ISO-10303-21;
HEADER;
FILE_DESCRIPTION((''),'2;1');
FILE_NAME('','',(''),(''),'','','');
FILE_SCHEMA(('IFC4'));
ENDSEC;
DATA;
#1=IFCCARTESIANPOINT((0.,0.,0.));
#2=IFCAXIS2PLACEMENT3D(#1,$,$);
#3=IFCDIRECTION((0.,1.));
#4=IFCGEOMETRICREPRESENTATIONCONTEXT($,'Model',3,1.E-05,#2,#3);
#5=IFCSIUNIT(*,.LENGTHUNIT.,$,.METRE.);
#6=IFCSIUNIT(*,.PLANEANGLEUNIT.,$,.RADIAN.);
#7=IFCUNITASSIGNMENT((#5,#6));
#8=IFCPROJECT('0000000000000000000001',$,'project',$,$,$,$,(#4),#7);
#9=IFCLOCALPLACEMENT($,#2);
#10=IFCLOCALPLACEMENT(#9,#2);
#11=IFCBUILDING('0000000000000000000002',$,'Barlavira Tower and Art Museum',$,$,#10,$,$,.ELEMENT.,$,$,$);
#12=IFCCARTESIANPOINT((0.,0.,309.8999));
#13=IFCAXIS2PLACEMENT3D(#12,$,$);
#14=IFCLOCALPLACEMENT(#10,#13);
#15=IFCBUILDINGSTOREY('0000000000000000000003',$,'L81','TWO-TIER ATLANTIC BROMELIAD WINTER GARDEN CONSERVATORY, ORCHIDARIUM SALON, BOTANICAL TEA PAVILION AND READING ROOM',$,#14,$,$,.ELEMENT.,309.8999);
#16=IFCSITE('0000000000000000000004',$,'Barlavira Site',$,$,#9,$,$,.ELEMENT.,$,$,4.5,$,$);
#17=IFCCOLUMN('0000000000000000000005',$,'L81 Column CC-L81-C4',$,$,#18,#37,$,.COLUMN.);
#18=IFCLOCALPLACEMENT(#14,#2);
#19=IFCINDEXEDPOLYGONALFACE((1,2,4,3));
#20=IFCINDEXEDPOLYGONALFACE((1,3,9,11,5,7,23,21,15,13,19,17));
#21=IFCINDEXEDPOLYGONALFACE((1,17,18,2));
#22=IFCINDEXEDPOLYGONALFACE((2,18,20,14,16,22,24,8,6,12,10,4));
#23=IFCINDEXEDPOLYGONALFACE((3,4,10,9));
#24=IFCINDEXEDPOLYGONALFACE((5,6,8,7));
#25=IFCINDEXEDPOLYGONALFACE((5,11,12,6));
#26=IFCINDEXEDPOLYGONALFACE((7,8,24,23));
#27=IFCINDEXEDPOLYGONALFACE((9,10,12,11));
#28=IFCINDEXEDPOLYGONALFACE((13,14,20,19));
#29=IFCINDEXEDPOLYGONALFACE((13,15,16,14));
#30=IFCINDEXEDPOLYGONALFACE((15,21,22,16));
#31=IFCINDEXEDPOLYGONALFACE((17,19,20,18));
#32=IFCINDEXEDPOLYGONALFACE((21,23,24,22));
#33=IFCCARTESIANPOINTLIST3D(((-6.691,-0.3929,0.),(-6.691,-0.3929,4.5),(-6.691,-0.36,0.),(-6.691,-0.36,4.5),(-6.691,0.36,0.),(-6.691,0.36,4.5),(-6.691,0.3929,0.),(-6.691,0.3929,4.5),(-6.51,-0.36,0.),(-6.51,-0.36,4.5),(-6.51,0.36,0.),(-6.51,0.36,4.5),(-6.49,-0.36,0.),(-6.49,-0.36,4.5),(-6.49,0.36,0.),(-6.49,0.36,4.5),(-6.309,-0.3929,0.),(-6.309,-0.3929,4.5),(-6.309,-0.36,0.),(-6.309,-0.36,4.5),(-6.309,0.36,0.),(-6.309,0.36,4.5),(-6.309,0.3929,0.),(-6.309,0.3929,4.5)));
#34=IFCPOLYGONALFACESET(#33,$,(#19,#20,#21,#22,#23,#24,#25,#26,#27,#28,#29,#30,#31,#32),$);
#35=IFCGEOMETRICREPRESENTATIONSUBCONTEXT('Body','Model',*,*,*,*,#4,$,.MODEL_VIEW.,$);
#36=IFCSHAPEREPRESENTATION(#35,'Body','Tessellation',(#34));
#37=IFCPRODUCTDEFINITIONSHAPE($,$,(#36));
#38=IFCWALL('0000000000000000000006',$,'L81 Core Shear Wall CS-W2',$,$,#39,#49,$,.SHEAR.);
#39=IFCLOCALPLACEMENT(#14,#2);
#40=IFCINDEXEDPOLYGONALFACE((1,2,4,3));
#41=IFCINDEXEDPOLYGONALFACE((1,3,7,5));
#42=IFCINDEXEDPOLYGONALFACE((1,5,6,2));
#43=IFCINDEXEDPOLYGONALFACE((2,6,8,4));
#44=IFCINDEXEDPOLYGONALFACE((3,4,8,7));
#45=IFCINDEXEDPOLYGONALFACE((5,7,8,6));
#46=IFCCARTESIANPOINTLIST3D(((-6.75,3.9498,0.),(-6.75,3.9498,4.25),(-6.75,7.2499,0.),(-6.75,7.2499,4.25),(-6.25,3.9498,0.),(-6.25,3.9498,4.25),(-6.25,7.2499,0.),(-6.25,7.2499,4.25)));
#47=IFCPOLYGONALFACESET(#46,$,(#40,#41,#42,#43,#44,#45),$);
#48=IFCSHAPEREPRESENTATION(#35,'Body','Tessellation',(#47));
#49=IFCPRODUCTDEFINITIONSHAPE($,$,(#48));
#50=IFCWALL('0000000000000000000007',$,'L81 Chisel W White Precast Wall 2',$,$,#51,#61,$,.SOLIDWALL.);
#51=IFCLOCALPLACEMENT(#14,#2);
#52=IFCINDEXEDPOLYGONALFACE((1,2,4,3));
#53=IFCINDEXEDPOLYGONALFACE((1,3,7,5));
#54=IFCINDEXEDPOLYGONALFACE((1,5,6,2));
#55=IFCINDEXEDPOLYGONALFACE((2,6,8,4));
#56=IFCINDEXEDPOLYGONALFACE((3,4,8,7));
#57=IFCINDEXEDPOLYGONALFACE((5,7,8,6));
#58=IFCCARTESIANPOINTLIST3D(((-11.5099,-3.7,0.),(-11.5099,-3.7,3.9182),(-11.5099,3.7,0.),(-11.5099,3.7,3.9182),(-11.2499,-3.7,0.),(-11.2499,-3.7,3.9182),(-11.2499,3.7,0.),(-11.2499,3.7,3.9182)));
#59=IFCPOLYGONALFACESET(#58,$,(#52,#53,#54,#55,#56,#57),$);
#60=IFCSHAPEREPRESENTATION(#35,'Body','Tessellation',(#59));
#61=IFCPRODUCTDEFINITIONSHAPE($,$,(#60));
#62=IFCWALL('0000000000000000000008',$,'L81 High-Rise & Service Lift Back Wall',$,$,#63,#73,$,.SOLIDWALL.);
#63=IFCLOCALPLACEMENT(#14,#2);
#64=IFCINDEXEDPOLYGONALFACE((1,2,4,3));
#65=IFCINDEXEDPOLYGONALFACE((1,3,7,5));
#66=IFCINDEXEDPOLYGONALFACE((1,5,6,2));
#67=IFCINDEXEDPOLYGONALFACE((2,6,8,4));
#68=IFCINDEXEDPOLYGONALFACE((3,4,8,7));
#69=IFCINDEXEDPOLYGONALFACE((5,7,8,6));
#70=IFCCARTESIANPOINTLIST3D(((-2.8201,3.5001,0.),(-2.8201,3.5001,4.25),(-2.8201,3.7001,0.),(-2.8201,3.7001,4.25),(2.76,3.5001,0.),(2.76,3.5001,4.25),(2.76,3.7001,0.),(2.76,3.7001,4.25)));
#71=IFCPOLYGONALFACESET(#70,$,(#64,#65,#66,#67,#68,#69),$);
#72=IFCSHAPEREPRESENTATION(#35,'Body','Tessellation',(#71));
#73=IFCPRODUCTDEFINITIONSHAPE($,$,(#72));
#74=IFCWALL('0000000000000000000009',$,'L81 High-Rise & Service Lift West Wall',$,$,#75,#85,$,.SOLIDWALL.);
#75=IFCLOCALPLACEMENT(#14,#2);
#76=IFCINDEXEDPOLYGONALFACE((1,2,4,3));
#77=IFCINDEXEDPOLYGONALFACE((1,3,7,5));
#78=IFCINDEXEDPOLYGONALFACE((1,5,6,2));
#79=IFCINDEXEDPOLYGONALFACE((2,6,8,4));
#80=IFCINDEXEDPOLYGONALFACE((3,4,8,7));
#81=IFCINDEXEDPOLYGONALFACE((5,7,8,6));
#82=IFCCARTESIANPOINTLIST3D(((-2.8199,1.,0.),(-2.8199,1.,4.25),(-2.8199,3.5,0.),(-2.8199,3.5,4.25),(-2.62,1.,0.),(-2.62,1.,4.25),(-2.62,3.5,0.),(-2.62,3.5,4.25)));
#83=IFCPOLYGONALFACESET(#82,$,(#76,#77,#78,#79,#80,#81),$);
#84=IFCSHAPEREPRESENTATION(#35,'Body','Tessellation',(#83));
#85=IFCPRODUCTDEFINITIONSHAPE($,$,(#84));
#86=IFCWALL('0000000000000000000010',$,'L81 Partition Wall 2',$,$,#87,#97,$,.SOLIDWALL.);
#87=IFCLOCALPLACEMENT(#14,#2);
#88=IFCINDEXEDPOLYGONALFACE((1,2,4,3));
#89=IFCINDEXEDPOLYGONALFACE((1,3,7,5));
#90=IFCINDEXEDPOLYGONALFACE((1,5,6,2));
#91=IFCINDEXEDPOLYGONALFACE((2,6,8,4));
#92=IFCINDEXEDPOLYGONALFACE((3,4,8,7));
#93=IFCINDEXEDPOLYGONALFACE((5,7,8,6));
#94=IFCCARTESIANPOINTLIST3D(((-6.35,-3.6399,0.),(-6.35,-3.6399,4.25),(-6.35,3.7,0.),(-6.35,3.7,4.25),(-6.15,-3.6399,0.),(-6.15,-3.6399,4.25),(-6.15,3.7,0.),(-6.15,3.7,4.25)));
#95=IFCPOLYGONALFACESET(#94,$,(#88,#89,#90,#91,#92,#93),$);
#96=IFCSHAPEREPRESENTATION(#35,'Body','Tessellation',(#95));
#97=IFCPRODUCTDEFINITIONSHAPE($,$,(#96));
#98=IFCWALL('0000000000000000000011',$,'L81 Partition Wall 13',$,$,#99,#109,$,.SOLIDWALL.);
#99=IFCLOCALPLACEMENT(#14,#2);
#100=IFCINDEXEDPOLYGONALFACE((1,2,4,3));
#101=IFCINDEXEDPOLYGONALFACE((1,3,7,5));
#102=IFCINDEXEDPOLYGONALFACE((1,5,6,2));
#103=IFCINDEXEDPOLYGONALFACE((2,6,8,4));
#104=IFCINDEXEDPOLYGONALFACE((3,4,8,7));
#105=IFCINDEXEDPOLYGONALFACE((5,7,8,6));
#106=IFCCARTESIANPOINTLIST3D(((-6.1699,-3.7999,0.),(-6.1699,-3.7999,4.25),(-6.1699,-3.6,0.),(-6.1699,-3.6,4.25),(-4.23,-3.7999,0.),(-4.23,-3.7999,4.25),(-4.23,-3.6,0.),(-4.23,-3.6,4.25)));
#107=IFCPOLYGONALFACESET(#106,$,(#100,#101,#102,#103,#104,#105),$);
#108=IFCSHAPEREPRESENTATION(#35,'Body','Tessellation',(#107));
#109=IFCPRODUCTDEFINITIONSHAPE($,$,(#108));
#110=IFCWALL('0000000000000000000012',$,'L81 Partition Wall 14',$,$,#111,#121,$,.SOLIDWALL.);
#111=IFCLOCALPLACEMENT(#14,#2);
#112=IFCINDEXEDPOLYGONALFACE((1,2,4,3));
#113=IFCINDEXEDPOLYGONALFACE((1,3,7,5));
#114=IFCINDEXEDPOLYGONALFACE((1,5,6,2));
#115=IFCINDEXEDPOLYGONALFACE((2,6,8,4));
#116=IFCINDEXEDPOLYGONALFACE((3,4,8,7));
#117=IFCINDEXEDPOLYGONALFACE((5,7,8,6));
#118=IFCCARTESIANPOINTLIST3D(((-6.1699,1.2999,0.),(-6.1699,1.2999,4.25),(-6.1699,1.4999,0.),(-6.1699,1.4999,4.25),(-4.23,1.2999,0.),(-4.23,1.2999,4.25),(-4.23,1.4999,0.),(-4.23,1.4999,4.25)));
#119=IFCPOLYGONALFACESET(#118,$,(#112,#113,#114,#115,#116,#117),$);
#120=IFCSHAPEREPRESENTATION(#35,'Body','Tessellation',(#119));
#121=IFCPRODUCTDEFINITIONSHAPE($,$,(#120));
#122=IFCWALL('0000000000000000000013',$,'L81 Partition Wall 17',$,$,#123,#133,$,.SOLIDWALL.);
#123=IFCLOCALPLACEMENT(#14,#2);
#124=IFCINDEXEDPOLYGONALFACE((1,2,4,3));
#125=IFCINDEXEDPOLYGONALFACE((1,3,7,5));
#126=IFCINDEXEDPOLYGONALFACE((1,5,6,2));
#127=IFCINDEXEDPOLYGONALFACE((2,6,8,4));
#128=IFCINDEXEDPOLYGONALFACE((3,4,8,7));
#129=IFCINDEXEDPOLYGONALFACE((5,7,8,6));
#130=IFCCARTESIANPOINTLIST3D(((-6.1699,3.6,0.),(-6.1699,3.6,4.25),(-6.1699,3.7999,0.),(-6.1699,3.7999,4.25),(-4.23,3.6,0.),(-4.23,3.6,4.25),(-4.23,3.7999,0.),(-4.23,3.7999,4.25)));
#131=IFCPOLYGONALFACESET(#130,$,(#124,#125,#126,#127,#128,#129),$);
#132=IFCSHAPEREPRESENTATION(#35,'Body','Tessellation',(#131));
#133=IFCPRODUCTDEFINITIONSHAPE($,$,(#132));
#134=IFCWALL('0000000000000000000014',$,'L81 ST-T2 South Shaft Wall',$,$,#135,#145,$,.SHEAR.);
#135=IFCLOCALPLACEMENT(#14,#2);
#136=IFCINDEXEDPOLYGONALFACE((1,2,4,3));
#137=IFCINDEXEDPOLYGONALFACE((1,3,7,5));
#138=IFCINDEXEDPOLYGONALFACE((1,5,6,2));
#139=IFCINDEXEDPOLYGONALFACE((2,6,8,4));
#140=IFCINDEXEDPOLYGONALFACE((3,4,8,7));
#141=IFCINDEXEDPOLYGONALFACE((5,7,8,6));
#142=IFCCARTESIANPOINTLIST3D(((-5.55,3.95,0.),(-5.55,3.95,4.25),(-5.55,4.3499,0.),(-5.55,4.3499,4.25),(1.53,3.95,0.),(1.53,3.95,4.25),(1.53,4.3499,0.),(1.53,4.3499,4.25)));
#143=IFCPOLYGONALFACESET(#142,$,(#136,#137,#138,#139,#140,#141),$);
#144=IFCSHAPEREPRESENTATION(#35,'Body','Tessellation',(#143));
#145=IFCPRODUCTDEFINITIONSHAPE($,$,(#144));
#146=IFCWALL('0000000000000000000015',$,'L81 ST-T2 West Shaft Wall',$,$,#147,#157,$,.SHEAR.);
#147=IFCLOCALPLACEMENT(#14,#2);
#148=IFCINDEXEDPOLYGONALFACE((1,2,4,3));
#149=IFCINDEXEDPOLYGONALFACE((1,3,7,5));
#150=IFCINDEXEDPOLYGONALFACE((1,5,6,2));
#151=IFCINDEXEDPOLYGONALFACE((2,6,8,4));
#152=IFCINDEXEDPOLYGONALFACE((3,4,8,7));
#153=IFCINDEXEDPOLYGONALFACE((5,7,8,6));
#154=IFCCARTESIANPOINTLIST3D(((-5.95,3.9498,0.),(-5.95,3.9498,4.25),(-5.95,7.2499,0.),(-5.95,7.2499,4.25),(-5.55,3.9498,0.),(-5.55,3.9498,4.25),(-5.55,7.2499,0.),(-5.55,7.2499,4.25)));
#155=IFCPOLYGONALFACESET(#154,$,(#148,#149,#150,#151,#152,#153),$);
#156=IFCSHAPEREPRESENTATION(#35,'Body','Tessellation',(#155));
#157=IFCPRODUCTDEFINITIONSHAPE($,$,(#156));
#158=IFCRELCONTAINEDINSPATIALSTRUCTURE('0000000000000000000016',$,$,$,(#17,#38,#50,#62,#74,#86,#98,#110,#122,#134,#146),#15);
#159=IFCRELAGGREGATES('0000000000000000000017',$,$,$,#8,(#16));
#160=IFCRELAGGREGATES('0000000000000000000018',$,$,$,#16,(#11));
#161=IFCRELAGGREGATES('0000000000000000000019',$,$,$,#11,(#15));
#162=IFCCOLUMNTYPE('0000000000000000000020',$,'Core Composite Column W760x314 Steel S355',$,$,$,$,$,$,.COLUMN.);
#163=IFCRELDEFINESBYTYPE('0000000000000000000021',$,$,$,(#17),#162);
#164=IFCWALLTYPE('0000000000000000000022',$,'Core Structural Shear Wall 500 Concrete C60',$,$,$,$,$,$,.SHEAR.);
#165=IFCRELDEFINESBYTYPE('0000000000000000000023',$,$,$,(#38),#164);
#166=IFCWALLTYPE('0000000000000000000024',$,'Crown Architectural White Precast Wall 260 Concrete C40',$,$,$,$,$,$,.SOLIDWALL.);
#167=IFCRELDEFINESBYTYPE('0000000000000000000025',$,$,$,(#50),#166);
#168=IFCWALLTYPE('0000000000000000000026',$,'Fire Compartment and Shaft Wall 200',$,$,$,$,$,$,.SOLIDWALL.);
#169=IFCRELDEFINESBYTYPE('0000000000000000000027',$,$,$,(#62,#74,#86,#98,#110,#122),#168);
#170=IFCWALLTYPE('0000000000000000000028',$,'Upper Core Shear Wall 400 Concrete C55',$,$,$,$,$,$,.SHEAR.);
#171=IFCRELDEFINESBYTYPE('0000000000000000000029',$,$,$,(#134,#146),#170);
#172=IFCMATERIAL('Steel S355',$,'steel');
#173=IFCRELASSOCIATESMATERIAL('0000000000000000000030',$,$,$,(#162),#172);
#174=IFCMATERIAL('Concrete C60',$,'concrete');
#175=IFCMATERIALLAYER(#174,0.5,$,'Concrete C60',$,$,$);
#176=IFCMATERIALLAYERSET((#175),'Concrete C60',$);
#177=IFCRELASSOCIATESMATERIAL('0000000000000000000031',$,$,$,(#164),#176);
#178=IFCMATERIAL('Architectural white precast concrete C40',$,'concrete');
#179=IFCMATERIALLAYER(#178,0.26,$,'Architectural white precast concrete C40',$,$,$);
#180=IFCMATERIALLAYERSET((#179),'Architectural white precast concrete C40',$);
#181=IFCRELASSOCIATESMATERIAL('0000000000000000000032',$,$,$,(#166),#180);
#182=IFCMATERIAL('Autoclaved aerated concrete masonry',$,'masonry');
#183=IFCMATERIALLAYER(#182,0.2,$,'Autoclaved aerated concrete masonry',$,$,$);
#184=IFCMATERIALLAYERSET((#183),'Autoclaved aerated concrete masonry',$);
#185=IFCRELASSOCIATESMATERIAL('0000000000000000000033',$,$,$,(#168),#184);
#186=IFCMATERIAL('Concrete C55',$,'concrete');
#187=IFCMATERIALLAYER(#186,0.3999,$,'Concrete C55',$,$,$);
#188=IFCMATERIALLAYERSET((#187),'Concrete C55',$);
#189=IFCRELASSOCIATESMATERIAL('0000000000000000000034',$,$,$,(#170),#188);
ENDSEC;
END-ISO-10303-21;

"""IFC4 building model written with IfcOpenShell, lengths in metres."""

from ifc_helpers import new_model, si_unit, direction, frame, frame_2d, origin, origin_2d, place, context, subcontext, project, spatial, rectangle, i_section, extrude, material, layer, layer_set, material_profile, profile_set, type_object, element, save


model = new_model("IFC4")

# Units and contexts
model_context = context("Model", 3, precision=1e-05, world=origin(), true_north=direction((0.0, 1.0)))
body_context = subcontext(model_context, "Body", "Model", "MODEL_VIEW")
ifc_project = project(units=[si_unit("LENGTHUNIT", "METRE"), si_unit("PLANEANGLEUNIT", "RADIAN")], contexts=[model_context])

# Site, building, storey
site_placement = place(None, origin())
site = spatial("IfcSite", under=ifc_project, at=site_placement, Name="Barlavira Site", CompositionType="ELEMENT", RefElevation=4.5)
building_placement = place(site_placement, origin())
building = spatial("IfcBuilding", under=site, at=building_placement, Name="Barlavira Tower and Art Museum", CompositionType="ELEMENT")
storey_placement = place(building_placement, frame((0.0, 0.0, 309.8999)))
storey = spatial("IfcBuildingStorey", under=building, at=storey_placement, Name="L81", Description="TWO-TIER ATLANTIC BROMELIAD WINTER GARDEN CONSERVATORY, ORCHIDARIUM SALON, BOTANICAL TEA PAVILION AND READING ROOM", CompositionType="ELEMENT", Elevation=309.8999)

# Column
ifc_material_1 = material(Name="Steel S355", Category="steel")
ifc_material_profile = material_profile(ifc_material_1, i_section(OverallWidth=0.3821, OverallDepth=0.7859, WebThickness=0.02, FlangeThickness=0.033, at=origin_2d()), Name="W760x314.0")
ifc_profile_set = profile_set([ifc_material_profile], Name="Steel S355")
column_type = type_object("IfcColumnType", Name="Core Composite Column W760x314 Steel S355", PredefinedType="COLUMN", material=ifc_profile_set)
column_placement = place(storey_placement, frame((-6.5, 0.0, 0.0), z_axis=(0.0, 0.0, 1.0), x_axis=(1.0, 0.0, 0.0)))
element("IfcColumn", 1, at=column_placement, inside=storey, type_object=column_type, Name="L81 Column CC-L81-C4", PredefinedType="COLUMN", context=body_context, shape_type="SweptSolid", body=[
    extrude(i_section(OverallWidth=0.3821, OverallDepth=0.7859, WebThickness=0.02, FlangeThickness=0.033, at=origin_2d()), origin(), (0.0, 0.0, 1.0), 4.5),
])

# Walls
ifc_material_2 = material(Name="Concrete C60", Category="concrete")
ifc_layer_1 = layer(ifc_material_2, 0.5, Name="Concrete C60")
ifc_layer_set_1 = layer_set([ifc_layer_1], Name="Concrete C60")
wall_type_1 = type_object("IfcWallType", Name="Core Structural Shear Wall 500 Concrete C60", PredefinedType="SHEAR", material=ifc_layer_set_1)
wall_1_placement = place(storey_placement, frame((-6.5, 3.95, 0.0), z_axis=(0.0, 0.0, 1.0), x_axis=(0.0, 1.0, 0.0)))
element("IfcWall", 2, at=wall_1_placement, inside=storey, type_object=wall_type_1, Name="L81 Core Shear Wall CS-W2", PredefinedType="SHEAR", context=body_context, shape_type="SweptSolid", body=[
    extrude(rectangle(XDim=3.3, YDim=0.5, at=frame_2d((1.6499, 0.0))), origin(), (0.0, 0.0, 1.0), 4.25),
])
ifc_material_3 = material(Name="Architectural white precast concrete C40", Category="concrete")
ifc_layer_2 = layer(ifc_material_3, 0.26, Name="Architectural white precast concrete C40")
ifc_layer_set_2 = layer_set([ifc_layer_2], Name="Architectural white precast concrete C40")
wall_type_2 = type_object("IfcWallType", Name="Crown Architectural White Precast Wall 260 Concrete C40", PredefinedType="SOLIDWALL", material=ifc_layer_set_2)
wall_2_placement = place(storey_placement, frame((-11.3799, 3.7, 0.0), z_axis=(0.0, 0.0, 1.0), x_axis=(0.0, -1.0, 0.0)))
element("IfcWall", 3, at=wall_2_placement, inside=storey, type_object=wall_type_2, Name="L81 Chisel W White Precast Wall 2", PredefinedType="SOLIDWALL", context=body_context, shape_type="SweptSolid", body=[
    extrude(rectangle(XDim=7.3999, YDim=0.26, at=frame_2d((3.7, 0.0))), origin(), (0.0, 0.0, 1.0), 3.9182),
])

# Shared definitions
ifc_material_4 = material(Name="Autoclaved aerated concrete masonry", Category="masonry")
ifc_layer_3 = layer(ifc_material_4, 0.2, Name="Autoclaved aerated concrete masonry")
ifc_layer_set_3 = layer_set([ifc_layer_3], Name="Autoclaved aerated concrete masonry")
wall_type_3 = type_object("IfcWallType", Name="Fire Compartment and Shaft Wall 200", PredefinedType="SOLIDWALL", material=ifc_layer_set_3)

# Walls
wall_3_placement = place(storey_placement, frame((-2.8201, 3.6001, 0.0), z_axis=(0.0, 0.0, 1.0), x_axis=(1.0, 0.0, 0.0)))
element("IfcWall", 4, at=wall_3_placement, inside=storey, type_object=wall_type_3, Name="L81 High-Rise & Service Lift Back Wall", PredefinedType="SOLIDWALL", context=body_context, shape_type="SweptSolid", body=[
    extrude(rectangle(XDim=5.5801, YDim=0.2, at=frame_2d((2.79, 0.0))), origin(), (0.0, 0.0, 1.0), 4.25),
])
wall_4_placement = place(storey_placement, frame((-2.72, 1.0, 0.0), z_axis=(0.0, 0.0, 1.0), x_axis=(0.0, 1.0, 0.0)))
element("IfcWall", 5, at=wall_4_placement, inside=storey, type_object=wall_type_3, Name="L81 High-Rise & Service Lift West Wall", PredefinedType="SOLIDWALL", context=body_context, shape_type="SweptSolid", body=[
    extrude(rectangle(XDim=2.5, YDim=0.2, at=frame_2d((1.25, 0.0))), origin(), (0.0, 0.0, 1.0), 4.25),
])
wall_5_placement = place(storey_placement, frame((-6.25, -3.6399, 0.0), z_axis=(0.0, 0.0, 1.0), x_axis=(0.0, 1.0, 0.0)))
element("IfcWall", 6, at=wall_5_placement, inside=storey, type_object=wall_type_3, Name="L81 Partition Wall 2", PredefinedType="SOLIDWALL", context=body_context, shape_type="SweptSolid", body=[
    extrude(rectangle(XDim=7.3398, YDim=0.2, at=frame_2d((3.6699, 0.0))), origin(), (0.0, 0.0, 1.0), 4.25),
])
for number, where, z_axis, x_axis, name in (
    (7, (-6.1699, -3.7, 0.0), (0.0, 0.0, 1.0), (1.0, 0.0, 0.0), "L81 Partition Wall 13"),
    (8, (-6.1699, 1.3999, 0.0), (0.0, 0.0, 1.0), (1.0, 0.0, 0.0), "L81 Partition Wall 14"),
    (9, (-6.1699, 3.7, 0.0), (0.0, 0.0, 1.0), (1.0, 0.0, 0.0), "L81 Partition Wall 17"),
):
    element("IfcWall", number, at=place(storey_placement, frame(where, z_axis=z_axis, x_axis=x_axis)), inside=storey, type_object=wall_type_3, Name=name, PredefinedType="SOLIDWALL", context=body_context, shape_type="SweptSolid", body=[
        extrude(rectangle(XDim=1.9399, YDim=0.2, at=frame_2d((0.97, 0.0))), origin(), (0.0, 0.0, 1.0), 4.25),
    ])
ifc_material_5 = material(Name="Concrete C55", Category="concrete")
ifc_layer_4 = layer(ifc_material_5, 0.3999, Name="Concrete C55")
ifc_layer_set_4 = layer_set([ifc_layer_4], Name="Concrete C55")
wall_type_4 = type_object("IfcWallType", Name="Upper Core Shear Wall 400 Concrete C55", PredefinedType="SHEAR", material=ifc_layer_set_4)
wall_6_placement = place(storey_placement, frame((-5.55, 4.1499, 0.0), z_axis=(0.0, 0.0, 1.0), x_axis=(1.0, 0.0, 0.0)))
element("IfcWall", 10, at=wall_6_placement, inside=storey, type_object=wall_type_4, Name="L81 ST-T2 South Shaft Wall", PredefinedType="SHEAR", context=body_context, shape_type="SweptSolid", body=[
    extrude(rectangle(XDim=7.0801, YDim=0.3999, at=frame_2d((3.54, 0.0))), origin(), (0.0, 0.0, 1.0), 4.25),
])
wall_7_placement = place(storey_placement, frame((-5.75, 3.95, 0.0), z_axis=(0.0, 0.0, 1.0), x_axis=(0.0, 1.0, 0.0)))
element("IfcWall", 11, at=wall_7_placement, inside=storey, type_object=wall_type_4, Name="L81 ST-T2 West Shaft Wall", PredefinedType="SHEAR", context=body_context, shape_type="SweptSolid", body=[
    extrude(rectangle(XDim=3.3, YDim=0.3999, at=frame_2d((1.6499, 0.0))), origin(), (0.0, 0.0, 1.0), 4.25),
])

save(model, "model.ifc")
